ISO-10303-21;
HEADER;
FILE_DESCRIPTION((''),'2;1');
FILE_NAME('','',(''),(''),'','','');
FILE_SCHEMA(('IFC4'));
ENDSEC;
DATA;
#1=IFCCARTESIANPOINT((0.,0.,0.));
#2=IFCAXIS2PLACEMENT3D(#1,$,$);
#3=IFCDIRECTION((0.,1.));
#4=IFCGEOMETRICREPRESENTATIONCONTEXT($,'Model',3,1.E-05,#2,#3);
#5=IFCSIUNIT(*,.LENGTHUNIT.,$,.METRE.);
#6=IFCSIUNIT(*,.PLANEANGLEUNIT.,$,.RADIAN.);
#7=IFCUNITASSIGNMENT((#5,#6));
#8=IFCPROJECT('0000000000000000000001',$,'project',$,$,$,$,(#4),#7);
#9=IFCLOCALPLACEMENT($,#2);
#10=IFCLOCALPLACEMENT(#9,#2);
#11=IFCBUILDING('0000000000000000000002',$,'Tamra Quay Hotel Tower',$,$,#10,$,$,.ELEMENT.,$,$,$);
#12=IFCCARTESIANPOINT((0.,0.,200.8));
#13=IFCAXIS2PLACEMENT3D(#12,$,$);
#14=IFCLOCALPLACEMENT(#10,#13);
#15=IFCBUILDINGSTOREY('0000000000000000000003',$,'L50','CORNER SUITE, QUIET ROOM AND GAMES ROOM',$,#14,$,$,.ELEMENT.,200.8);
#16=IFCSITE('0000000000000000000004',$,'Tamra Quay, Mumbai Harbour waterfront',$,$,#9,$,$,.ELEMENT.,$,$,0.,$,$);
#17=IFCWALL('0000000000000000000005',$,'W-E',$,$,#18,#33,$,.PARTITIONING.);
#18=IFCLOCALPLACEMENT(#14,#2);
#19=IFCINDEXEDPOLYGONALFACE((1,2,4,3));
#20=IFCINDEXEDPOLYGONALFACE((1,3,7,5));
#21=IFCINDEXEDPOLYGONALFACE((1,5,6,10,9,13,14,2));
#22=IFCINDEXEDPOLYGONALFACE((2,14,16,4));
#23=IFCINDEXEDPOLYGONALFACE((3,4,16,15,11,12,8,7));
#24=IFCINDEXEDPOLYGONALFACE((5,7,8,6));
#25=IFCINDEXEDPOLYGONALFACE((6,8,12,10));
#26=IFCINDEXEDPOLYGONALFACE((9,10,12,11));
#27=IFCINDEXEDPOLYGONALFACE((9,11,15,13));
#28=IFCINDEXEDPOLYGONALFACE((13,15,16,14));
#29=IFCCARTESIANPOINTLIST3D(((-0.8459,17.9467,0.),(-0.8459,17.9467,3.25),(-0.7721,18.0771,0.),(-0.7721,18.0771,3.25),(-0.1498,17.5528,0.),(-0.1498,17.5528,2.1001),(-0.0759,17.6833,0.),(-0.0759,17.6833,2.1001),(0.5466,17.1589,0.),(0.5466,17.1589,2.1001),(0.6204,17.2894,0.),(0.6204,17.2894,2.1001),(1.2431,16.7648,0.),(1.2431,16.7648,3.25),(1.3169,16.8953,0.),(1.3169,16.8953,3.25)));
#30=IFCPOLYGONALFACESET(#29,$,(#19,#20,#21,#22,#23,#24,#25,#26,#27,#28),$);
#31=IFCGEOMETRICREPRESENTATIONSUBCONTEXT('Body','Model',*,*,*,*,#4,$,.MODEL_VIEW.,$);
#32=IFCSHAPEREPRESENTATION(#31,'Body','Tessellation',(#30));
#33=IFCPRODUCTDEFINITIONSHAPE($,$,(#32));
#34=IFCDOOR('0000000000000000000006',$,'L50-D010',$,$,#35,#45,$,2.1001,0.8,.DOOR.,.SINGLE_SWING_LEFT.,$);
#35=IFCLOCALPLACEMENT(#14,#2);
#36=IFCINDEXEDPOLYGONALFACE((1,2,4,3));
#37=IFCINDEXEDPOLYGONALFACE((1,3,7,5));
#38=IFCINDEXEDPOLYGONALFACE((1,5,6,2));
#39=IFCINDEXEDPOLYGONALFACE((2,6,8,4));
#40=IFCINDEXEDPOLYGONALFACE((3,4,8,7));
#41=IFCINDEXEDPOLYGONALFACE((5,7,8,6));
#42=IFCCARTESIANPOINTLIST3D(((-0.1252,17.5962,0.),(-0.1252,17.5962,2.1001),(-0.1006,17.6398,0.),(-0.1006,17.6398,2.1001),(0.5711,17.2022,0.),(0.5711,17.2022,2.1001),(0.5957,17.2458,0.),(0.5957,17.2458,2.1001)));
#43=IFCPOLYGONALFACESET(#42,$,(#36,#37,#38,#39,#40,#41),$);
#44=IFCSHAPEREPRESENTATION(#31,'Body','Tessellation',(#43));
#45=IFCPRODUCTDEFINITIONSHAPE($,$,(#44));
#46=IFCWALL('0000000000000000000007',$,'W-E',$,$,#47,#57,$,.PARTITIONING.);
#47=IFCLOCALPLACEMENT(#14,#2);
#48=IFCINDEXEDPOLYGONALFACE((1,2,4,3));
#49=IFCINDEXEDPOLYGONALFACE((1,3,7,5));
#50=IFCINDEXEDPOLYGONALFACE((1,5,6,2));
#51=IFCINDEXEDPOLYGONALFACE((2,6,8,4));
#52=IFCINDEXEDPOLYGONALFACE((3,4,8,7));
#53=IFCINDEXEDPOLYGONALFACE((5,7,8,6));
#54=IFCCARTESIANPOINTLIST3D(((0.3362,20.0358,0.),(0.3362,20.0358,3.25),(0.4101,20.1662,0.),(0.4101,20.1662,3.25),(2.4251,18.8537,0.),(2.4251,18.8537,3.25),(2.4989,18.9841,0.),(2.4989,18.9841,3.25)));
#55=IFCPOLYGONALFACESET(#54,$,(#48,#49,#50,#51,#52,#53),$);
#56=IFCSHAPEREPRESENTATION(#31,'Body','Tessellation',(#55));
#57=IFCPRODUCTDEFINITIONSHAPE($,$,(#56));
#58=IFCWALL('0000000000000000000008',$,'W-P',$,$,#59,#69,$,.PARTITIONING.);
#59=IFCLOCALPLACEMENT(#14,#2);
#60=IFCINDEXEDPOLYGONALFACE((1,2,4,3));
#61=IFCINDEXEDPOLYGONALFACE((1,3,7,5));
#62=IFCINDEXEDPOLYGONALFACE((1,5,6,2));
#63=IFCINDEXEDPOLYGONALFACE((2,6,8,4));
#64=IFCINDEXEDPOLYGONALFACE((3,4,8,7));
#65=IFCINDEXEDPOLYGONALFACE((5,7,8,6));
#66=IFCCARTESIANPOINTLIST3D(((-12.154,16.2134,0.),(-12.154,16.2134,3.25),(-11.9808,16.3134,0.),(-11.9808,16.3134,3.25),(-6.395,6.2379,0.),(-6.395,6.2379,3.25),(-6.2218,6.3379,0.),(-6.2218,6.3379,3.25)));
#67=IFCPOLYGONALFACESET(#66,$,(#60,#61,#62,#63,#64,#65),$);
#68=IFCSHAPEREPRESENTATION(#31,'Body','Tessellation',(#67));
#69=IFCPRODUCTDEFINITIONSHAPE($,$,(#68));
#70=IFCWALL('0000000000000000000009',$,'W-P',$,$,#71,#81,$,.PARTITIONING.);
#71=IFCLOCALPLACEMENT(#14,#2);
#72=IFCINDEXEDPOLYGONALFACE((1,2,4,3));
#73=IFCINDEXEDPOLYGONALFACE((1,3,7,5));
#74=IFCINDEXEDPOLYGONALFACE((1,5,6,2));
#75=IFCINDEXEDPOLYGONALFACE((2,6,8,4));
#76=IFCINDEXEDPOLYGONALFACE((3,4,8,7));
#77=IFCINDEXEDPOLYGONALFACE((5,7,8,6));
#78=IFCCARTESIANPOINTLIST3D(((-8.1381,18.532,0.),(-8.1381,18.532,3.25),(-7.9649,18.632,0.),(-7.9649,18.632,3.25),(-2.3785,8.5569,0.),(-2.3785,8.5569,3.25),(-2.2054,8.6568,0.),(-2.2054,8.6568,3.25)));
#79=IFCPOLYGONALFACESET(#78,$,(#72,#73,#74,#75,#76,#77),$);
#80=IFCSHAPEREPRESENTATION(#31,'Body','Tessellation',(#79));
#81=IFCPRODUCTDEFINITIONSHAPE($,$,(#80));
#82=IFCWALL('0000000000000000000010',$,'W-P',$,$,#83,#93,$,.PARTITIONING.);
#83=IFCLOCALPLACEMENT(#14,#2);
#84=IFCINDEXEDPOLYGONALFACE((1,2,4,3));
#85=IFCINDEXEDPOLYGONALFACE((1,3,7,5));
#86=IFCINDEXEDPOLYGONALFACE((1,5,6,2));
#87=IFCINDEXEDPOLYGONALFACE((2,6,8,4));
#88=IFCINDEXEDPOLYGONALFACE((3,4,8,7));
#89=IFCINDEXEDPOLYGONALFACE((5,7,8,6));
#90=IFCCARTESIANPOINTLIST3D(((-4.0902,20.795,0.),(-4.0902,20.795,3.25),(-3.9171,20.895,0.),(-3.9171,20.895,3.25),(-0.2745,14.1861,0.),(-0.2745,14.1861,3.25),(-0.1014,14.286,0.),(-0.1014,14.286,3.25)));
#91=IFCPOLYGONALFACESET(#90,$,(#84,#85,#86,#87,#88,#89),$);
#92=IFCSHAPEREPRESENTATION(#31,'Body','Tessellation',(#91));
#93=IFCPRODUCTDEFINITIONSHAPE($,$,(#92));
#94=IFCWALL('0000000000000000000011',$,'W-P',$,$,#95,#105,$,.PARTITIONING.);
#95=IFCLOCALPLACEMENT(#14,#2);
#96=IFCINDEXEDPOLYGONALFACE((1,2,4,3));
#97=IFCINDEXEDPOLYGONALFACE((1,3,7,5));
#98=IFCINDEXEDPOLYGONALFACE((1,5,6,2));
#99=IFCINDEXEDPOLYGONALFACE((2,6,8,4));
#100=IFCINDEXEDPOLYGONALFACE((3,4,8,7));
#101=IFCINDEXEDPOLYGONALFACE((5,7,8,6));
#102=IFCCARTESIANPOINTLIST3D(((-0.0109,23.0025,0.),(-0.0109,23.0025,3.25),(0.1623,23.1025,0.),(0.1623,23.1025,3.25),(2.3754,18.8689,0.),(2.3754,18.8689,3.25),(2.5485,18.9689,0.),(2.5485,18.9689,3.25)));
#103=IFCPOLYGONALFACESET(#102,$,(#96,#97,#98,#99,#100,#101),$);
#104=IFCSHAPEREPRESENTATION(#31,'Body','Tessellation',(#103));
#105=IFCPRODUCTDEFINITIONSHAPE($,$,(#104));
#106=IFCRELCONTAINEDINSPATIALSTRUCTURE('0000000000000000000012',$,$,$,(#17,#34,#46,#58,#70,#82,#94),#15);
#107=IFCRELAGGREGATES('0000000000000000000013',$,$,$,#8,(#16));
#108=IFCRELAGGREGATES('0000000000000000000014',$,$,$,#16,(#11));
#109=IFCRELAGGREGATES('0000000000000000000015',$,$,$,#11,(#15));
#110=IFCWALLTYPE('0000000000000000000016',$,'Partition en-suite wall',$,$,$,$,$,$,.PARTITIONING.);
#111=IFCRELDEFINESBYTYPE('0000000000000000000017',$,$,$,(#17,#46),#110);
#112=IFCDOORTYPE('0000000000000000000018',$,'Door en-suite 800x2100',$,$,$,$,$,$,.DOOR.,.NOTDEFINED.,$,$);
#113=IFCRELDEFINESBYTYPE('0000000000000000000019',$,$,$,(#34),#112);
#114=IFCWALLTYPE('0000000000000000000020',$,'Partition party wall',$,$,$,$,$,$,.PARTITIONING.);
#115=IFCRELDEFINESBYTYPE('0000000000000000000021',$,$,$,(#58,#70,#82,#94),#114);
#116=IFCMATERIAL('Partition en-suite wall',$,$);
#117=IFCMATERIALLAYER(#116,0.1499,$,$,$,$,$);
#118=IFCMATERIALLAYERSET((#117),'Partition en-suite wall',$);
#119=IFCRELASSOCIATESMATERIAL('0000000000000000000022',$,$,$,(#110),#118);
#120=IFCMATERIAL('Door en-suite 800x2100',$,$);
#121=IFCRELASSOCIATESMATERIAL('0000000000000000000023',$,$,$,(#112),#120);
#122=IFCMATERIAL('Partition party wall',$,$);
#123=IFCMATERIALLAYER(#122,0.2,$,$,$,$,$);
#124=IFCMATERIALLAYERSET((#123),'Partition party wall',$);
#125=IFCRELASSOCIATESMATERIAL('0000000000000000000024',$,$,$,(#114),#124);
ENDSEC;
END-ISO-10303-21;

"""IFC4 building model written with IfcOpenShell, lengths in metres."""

from ifc_helpers import new_model, si_unit, direction, frame, frame_2d, origin, place, context, subcontext, project, spatial, rectangle, extrude, material, layer, layer_set, type_object, element, fill, save


model = new_model("IFC4")

# Units and contexts
model_context = context("Model", 3, precision=1e-05, world=origin(), true_north=direction((0.0, 1.0)))
body_context = subcontext(model_context, "Body", "Model", "MODEL_VIEW")
ifc_project = project(units=[si_unit("LENGTHUNIT", "METRE"), si_unit("PLANEANGLEUNIT", "RADIAN")], contexts=[model_context])

# Site, building, storey
site_placement = place(None, origin())
site = spatial("IfcSite", under=ifc_project, at=site_placement, Name="Tamra Quay, Mumbai Harbour waterfront", CompositionType="ELEMENT", RefElevation=0.0)
building_placement = place(site_placement, origin())
building = spatial("IfcBuilding", under=site, at=building_placement, Name="Tamra Quay Hotel Tower", CompositionType="ELEMENT")
storey_placement = place(building_placement, frame((0.0, 0.0, 200.8)))
storey = spatial("IfcBuildingStorey", under=building, at=storey_placement, Name="L50", Description="CORNER SUITE, QUIET ROOM AND GAMES ROOM", CompositionType="ELEMENT", Elevation=200.8)

# Shared definitions
ifc_material_1 = material(Name="Partition en-suite wall")
ifc_layer_1 = layer(ifc_material_1, 0.1499)
ifc_layer_set_1 = layer_set([ifc_layer_1], Name="Partition en-suite wall")
wall_type_1 = type_object("IfcWallType", Name="Partition en-suite wall", PredefinedType="PARTITIONING", material=ifc_layer_set_1)

# Wall, opening, door
wall_1_placement = place(storey_placement, frame((-0.8091, 18.012, 0.0), z_axis=(0.0, 0.0, 1.0), x_axis=(0.87037, -0.492399, 0.0)))
wall_1 = element("IfcWall", 1, at=wall_1_placement, inside=storey, type_object=wall_type_1, Name="W-E", PredefinedType="PARTITIONING", context=body_context, shape_type="SweptSolid", body=[
    extrude(rectangle(XDim=2.4001, YDim=0.1499, at=frame_2d((1.2002, 0.0))), origin(), (0.0, 0.0, 1.0), 3.25),
])
opening_placement = place(wall_1_placement, frame((0.8, 0.0, 0.0)))
opening = element("IfcOpeningElement", 2, at=opening_placement, cuts=wall_1, PredefinedType="OPENING", context=body_context, shape_type="SweptSolid", body=[
    extrude(rectangle(XDim=0.8, YDim=2.1001, at=frame_2d((0.3999, 1.05))), frame((0.0, 0.085, 0.0), z_axis=(0.0, -1.0, 0.0), x_axis=(1.0, 0.0, 0.0)), (0.0, 0.0, 1.0), 0.1699),
])
ifc_material_2 = material(Name="Door en-suite 800x2100")
door_type = type_object("IfcDoorType", Name="Door en-suite 800x2100", OperationType="NOTDEFINED", PredefinedType="DOOR", material=ifc_material_2)
door_placement = place(opening_placement, origin())
door = element("IfcDoor", 3, at=door_placement, inside=storey, type_object=door_type, Name="L50-D010", OperationType="SINGLE_SWING_LEFT", OverallHeight=2.1001, OverallWidth=0.8, PredefinedType="DOOR", context=body_context, shape_type="SweptSolid", body=[
    extrude(rectangle(XDim=0.8, YDim=2.1001, at=frame_2d((0.3999, 1.05))), frame((0.0, 0.0249, 0.0), z_axis=(0.0, -1.0, 0.0), x_axis=(1.0, 0.0, 0.0)), (0.0, 0.0, 1.0), 0.05),
])
fill(opening, door)

# Walls
wall_2_placement = place(storey_placement, frame((0.373, 20.1011, 0.0), z_axis=(0.0, 0.0, 1.0), x_axis=(0.870301, -0.49252, 0.0)))
element("IfcWall", 4, at=wall_2_placement, inside=storey, type_object=wall_type_1, Name="W-E", PredefinedType="PARTITIONING", context=body_context, shape_type="SweptSolid", body=[
    extrude(rectangle(XDim=2.4001, YDim=0.1499, at=frame_2d((1.2002, 0.0))), origin(), (0.0, 0.0, 1.0), 3.25),
])
ifc_material_3 = material(Name="Partition party wall")
ifc_layer_2 = layer(ifc_material_3, 0.2)
ifc_layer_set_2 = layer_set([ifc_layer_2], Name="Partition party wall")
wall_type_2 = type_object("IfcWallType", Name="Partition party wall", PredefinedType="PARTITIONING", material=ifc_layer_set_2)
for number, where, z_axis, x_axis, name in (
    (5, (-12.0674, 16.2634, 0.0), (0.0, 0.0, 1.0), (0.499976, -0.866039, 0.0), "W-P"),
    (6, (-8.0515, 18.582, 0.0), (0.0, 0.0, 1.0), (0.500026, -0.866011, 0.0), "W-P"),
):
    element("IfcWall", number, at=place(storey_placement, frame(where, z_axis=z_axis, x_axis=x_axis)), inside=storey, type_object=wall_type_2, Name=name, PredefinedType="PARTITIONING", context=body_context, shape_type="SweptSolid", body=[
        extrude(rectangle(XDim=11.5186, YDim=0.2, at=frame_2d((5.7593, 0.0))), origin(), (0.0, 0.0, 1.0), 3.25),
    ])
wall_3_placement = place(storey_placement, frame((-4.0037, 20.845, 0.0), z_axis=(0.0, 0.0, 1.0), x_axis=(0.500003, -0.866024, 0.0)))
element("IfcWall", 7, at=wall_3_placement, inside=storey, type_object=wall_type_2, Name="W-P", PredefinedType="PARTITIONING", context=body_context, shape_type="SweptSolid", body=[
    extrude(rectangle(XDim=7.6313, YDim=0.2, at=frame_2d((3.8157, 0.0))), origin(), (0.0, 0.0, 1.0), 3.25),
])
wall_4_placement = place(storey_placement, frame((0.0757, 23.0525, 0.0), z_axis=(0.0, 0.0, 1.0), x_axis=(0.499957, -0.86605, 0.0)))
element("IfcWall", 8, at=wall_4_placement, inside=storey, type_object=wall_type_2, Name="W-P", PredefinedType="PARTITIONING", context=body_context, shape_type="SweptSolid", body=[
    extrude(rectangle(XDim=4.7729, YDim=0.2, at=frame_2d((2.3865, 0.0))), origin(), (0.0, 0.0, 1.0), 3.25),
])

save(model, "model.ifc")
